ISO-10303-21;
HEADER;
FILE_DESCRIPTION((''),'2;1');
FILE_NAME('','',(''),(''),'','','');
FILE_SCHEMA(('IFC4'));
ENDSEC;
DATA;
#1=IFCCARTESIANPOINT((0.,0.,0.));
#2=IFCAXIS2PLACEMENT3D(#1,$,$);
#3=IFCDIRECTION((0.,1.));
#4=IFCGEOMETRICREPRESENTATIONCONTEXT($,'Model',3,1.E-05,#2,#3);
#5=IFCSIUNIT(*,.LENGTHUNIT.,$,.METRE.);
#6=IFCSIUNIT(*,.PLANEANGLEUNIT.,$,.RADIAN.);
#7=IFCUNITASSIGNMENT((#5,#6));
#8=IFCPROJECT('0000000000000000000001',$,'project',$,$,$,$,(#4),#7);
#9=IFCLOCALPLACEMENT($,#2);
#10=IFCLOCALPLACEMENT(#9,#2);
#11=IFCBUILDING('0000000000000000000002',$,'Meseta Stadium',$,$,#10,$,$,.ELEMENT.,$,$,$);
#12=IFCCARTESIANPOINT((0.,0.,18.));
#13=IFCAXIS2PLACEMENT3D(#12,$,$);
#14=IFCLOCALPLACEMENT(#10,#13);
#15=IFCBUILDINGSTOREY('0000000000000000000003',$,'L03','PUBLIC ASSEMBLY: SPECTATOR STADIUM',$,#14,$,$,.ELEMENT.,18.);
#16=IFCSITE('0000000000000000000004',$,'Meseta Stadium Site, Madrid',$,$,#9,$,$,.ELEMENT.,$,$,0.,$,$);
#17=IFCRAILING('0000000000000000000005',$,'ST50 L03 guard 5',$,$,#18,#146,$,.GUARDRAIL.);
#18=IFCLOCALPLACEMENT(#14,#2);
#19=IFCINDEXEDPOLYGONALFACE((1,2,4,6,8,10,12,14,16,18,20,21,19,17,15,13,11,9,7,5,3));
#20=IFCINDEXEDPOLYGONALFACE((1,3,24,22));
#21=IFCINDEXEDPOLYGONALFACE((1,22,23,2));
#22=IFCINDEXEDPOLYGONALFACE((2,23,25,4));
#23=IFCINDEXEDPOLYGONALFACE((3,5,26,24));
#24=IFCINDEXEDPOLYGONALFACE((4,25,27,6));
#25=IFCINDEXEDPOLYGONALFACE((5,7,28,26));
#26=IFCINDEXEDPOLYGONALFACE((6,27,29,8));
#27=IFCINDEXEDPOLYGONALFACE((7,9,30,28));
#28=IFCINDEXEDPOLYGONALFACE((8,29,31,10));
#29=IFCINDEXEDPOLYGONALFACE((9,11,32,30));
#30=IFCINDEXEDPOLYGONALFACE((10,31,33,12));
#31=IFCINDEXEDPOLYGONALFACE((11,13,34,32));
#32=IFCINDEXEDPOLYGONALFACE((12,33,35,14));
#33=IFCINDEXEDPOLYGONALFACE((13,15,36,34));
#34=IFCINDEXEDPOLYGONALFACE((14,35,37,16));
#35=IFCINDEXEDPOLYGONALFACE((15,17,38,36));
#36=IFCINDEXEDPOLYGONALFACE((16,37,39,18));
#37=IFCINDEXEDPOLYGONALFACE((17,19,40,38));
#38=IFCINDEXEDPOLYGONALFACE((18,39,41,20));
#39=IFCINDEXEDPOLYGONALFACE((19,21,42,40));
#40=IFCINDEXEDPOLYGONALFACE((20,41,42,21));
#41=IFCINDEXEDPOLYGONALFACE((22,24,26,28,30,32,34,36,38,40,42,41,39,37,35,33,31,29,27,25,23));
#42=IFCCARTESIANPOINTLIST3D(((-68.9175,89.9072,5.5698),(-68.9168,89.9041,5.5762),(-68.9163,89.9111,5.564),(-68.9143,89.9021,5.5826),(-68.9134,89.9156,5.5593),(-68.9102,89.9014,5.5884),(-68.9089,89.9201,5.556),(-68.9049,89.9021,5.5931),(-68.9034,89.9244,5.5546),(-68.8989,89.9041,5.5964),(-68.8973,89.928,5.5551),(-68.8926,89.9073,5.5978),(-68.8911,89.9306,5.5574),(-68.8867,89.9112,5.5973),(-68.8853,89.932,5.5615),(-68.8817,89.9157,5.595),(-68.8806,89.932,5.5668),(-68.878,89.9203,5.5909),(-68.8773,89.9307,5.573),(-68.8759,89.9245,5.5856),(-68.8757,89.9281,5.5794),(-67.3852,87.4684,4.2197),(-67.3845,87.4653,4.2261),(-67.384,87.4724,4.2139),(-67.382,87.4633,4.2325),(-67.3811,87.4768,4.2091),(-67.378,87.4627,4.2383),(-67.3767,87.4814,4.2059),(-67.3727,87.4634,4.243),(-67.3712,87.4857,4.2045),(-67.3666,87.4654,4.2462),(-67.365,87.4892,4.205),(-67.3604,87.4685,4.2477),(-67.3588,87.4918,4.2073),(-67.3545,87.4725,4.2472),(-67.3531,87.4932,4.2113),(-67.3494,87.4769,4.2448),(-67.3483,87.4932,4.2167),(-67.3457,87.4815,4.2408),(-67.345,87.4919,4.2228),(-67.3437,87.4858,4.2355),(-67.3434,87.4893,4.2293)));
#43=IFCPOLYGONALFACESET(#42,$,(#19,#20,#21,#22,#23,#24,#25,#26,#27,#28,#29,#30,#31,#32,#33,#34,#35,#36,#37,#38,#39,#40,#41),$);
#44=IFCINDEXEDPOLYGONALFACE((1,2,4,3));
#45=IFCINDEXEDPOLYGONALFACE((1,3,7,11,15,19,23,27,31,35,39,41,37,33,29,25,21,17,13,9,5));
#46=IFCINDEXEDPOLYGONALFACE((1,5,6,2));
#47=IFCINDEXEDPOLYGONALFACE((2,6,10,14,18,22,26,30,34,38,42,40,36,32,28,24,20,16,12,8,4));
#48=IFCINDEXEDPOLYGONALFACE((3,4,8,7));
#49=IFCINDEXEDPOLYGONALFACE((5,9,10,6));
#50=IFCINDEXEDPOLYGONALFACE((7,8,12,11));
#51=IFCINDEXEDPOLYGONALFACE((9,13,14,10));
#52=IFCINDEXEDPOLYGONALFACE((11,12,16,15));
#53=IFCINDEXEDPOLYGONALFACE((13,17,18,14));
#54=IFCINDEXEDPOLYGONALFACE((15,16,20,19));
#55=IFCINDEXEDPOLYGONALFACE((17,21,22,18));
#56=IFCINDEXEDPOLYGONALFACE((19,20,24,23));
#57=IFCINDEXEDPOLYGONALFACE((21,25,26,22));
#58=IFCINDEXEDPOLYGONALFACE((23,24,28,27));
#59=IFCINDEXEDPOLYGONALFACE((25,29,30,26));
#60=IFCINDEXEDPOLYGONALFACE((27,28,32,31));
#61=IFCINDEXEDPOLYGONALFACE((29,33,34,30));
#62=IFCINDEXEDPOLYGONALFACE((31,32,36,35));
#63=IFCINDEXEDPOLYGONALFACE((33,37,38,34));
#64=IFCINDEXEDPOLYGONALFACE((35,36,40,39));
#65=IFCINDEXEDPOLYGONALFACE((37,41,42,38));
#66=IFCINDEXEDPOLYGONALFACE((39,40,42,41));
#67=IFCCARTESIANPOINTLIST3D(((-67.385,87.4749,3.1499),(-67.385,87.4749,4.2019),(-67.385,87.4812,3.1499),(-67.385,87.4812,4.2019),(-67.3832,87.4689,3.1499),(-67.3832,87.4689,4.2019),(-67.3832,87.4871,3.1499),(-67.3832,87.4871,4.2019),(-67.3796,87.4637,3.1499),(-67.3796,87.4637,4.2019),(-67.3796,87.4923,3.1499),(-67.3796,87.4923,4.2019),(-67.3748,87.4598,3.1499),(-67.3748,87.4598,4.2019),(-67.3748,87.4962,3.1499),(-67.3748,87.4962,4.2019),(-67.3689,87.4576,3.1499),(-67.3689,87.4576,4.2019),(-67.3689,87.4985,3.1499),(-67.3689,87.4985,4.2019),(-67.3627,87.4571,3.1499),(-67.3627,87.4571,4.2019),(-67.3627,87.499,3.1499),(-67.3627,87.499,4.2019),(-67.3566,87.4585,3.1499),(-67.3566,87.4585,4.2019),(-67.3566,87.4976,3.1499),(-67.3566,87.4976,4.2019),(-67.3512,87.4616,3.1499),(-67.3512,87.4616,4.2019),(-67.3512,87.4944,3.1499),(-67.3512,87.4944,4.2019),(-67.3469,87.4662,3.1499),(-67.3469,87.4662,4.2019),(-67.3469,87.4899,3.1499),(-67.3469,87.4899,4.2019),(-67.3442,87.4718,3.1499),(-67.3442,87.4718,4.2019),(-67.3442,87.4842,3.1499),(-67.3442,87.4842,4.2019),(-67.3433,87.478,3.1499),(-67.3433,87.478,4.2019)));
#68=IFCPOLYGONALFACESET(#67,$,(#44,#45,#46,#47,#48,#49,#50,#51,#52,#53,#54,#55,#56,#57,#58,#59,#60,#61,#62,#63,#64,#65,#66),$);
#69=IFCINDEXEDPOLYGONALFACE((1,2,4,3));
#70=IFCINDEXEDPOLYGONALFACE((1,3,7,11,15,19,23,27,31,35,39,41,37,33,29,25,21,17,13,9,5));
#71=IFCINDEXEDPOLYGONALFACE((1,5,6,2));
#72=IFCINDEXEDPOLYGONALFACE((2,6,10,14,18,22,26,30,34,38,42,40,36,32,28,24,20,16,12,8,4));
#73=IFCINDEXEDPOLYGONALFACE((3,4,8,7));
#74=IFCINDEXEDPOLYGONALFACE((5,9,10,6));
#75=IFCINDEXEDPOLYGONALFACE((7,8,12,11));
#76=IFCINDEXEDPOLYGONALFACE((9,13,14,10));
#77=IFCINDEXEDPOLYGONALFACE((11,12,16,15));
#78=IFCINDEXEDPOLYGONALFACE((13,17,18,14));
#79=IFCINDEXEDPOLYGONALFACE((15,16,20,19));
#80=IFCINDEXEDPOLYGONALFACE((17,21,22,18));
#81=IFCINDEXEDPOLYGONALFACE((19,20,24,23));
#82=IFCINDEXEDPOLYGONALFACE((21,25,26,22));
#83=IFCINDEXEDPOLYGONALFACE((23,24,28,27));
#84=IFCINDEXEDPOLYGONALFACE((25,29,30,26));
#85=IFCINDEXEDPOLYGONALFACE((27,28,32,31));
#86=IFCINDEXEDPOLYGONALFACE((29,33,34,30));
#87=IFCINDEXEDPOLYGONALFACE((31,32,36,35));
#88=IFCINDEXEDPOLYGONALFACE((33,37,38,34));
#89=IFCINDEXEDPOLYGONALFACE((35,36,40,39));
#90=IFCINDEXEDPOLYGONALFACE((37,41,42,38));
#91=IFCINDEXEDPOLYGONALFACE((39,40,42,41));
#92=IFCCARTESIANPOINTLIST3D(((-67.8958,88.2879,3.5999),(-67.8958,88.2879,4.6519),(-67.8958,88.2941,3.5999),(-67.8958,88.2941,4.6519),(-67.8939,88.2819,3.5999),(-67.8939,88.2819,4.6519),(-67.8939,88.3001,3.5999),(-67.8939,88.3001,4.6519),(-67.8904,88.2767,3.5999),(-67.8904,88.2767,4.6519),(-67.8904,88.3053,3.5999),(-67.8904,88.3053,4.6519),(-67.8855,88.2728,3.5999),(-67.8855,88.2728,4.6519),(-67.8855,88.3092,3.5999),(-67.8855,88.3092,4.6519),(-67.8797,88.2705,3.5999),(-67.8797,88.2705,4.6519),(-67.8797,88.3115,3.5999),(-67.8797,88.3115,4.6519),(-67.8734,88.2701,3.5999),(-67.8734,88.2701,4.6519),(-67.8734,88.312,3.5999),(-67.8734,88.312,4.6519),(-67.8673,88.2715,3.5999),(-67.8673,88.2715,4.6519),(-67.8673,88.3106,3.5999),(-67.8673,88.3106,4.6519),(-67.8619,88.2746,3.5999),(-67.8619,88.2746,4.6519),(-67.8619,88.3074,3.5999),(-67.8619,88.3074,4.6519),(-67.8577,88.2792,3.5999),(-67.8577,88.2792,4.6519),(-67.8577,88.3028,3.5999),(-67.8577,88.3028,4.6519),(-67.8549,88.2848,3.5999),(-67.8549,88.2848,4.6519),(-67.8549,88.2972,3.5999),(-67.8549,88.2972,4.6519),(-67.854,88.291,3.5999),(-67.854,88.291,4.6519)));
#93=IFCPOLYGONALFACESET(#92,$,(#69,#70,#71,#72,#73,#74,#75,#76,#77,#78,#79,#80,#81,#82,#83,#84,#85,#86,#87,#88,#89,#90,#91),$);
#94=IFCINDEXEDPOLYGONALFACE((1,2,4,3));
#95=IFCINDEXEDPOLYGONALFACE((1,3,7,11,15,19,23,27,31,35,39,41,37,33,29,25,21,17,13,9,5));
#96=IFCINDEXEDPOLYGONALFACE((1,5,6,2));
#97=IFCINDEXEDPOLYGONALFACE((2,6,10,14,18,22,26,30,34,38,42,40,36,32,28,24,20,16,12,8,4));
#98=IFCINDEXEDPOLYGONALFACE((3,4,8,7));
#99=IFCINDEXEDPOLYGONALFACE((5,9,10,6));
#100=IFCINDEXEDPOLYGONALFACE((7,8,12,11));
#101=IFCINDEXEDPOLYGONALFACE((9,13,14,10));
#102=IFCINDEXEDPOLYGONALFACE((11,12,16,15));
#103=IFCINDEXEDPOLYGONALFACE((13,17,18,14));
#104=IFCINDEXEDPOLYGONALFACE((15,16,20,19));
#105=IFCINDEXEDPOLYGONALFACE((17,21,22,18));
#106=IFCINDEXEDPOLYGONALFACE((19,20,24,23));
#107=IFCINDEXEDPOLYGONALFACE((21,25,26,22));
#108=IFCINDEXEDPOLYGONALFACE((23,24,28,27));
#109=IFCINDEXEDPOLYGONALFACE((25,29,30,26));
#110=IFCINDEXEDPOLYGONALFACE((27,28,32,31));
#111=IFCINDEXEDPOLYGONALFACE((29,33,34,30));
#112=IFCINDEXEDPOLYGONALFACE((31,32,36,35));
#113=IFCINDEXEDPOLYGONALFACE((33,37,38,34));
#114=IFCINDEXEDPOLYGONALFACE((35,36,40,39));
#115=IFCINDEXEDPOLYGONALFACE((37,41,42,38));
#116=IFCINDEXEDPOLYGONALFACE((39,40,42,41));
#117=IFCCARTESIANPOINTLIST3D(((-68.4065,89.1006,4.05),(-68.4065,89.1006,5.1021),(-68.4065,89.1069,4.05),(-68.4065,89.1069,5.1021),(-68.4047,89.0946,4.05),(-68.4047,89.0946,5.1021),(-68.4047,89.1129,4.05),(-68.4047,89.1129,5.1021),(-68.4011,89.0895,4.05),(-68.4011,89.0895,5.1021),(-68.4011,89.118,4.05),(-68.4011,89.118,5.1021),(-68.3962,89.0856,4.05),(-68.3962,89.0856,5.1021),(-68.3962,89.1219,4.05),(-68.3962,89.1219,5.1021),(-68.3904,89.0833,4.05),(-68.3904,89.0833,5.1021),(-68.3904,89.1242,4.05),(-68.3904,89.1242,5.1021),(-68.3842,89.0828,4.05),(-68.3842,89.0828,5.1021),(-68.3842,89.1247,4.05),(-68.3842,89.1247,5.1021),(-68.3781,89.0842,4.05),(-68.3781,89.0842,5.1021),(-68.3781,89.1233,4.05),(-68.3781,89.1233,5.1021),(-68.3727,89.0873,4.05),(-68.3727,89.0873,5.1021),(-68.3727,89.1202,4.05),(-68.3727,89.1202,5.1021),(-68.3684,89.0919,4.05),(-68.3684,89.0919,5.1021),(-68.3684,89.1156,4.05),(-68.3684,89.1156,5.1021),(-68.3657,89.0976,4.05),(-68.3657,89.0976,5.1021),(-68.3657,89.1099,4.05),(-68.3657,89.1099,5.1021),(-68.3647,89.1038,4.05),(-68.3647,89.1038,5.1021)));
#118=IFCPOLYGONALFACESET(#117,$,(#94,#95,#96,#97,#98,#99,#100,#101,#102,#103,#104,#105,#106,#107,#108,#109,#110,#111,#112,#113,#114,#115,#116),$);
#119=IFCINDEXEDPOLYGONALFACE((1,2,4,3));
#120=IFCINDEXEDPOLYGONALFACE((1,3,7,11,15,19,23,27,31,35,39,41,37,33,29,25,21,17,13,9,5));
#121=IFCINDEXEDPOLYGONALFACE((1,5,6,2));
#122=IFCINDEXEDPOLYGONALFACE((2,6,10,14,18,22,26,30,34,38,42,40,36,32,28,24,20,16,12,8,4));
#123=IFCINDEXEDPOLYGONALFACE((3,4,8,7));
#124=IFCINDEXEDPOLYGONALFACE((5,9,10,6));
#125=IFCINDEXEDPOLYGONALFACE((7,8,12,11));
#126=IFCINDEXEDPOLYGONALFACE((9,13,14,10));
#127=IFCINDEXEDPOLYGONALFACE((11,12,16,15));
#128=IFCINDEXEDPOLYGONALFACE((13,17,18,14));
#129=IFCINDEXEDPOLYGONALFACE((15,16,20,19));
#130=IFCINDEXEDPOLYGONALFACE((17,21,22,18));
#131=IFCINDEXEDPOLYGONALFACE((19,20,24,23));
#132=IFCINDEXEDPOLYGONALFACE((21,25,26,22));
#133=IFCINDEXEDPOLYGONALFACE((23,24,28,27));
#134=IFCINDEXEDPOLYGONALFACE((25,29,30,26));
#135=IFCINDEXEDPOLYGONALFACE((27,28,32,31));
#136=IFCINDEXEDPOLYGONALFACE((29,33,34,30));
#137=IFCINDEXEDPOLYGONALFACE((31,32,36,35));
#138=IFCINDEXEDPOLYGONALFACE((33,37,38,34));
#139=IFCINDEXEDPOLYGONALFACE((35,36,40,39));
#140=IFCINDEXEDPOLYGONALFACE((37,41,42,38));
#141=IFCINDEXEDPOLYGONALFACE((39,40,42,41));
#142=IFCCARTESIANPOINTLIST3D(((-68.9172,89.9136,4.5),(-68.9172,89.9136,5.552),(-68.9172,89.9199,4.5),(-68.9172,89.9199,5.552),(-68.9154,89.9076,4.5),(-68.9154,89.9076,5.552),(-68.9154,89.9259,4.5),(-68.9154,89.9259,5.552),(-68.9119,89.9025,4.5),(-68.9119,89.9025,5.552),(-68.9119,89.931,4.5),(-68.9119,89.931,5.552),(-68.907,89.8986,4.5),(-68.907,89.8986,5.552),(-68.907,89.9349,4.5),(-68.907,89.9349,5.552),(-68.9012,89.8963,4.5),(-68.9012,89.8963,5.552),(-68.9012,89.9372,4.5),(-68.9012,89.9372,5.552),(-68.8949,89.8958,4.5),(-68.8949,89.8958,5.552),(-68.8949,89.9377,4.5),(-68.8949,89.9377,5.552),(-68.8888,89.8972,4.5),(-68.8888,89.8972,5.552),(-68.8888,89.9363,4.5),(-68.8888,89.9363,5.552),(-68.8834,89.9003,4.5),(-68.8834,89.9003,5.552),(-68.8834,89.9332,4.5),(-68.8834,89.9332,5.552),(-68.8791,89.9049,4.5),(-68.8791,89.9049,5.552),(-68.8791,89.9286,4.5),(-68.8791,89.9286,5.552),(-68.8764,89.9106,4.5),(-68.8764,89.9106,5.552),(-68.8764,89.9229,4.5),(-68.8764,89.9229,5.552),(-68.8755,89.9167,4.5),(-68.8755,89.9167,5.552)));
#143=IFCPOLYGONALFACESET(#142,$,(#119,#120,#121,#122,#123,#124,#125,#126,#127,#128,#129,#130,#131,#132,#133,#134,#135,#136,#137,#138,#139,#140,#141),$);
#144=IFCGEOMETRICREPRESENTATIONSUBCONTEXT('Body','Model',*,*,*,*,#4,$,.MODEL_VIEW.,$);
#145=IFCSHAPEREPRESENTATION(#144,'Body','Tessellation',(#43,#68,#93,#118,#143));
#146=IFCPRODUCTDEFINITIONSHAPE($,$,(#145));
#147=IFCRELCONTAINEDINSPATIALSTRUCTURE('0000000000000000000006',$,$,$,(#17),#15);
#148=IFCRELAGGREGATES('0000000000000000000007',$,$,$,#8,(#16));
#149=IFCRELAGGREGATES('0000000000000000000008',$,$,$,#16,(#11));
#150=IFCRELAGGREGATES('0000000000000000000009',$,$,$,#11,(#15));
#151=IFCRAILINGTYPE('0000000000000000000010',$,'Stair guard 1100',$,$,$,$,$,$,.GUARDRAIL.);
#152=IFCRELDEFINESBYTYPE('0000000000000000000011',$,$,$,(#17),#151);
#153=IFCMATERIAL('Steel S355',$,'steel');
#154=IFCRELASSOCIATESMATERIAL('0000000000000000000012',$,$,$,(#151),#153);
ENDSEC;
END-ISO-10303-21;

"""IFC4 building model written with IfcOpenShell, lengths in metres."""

from ifc_helpers import new_model, si_unit, direction, frame, origin, origin_2d, place, context, subcontext, project, spatial, circle, extrude, material, type_object, element, save


model = new_model("IFC4")

# Units and contexts
model_context = context("Model", 3, precision=1e-05, world=origin(), true_north=direction((0.0, 1.0)))
body_context = subcontext(model_context, "Body", "Model", "MODEL_VIEW")
ifc_project = project(units=[si_unit("LENGTHUNIT", "METRE"), si_unit("PLANEANGLEUNIT", "RADIAN")], contexts=[model_context])

# Site, building, storey
site_placement = place(None, origin())
site = spatial("IfcSite", under=ifc_project, at=site_placement, Name="Meseta Stadium Site, Madrid", CompositionType="ELEMENT", RefElevation=0.0)
building_placement = place(site_placement, origin())
building = spatial("IfcBuilding", under=site, at=building_placement, Name="Meseta Stadium", CompositionType="ELEMENT")
storey_placement = place(building_placement, frame((0.0, 0.0, 18.0)))
storey = spatial("IfcBuildingStorey", under=building, at=storey_placement, Name="L03", Description="PUBLIC ASSEMBLY: SPECTATOR STADIUM", CompositionType="ELEMENT", Elevation=18.0)

# Railing
ifc_material_1 = material(Name="Steel S355", Category="steel")
railing_type_1 = type_object("IfcRailingType", Name="Stair guard 1100", PredefinedType="GUARDRAIL", material=ifc_material_1)
railing_1_placement = place(storey_placement, frame((-67.3643, 87.478, 3.1499)))
element("IfcRailing", 1, at=railing_1_placement, inside=storey, type_object=railing_type_1, Name="ST50 L03 guard 5", PredefinedType="GUARDRAIL", context=body_context, shape_type="SweptSolid", body=[
    extrude(circle(Radius=0.0239, at=origin_2d()), frame((0.0, 0.0, 1.0762), z_axis=(-0.481703, 0.766687, 0.424445), x_axis=(-0.846743, -0.532001, 0.0)), (0.0, 0.0, 1.0), 3.1809),
    extrude(circle(Radius=0.021, at=origin_2d()), origin(), (0.0, 0.0, 1.0), 1.052),
    extrude(circle(Radius=0.021, at=origin_2d()), frame((-0.5107, 0.813, 0.45)), (0.0, 0.0, 1.0), 1.052),
    extrude(circle(Radius=0.021, at=origin_2d()), frame((-1.0215, 1.6257, 0.9001)), (0.0, 0.0, 1.0), 1.052),
    extrude(circle(Radius=0.021, at=origin_2d()), frame((-1.5322, 2.4387, 1.3501)), (0.0, 0.0, 1.0), 1.052),
])

save(model, "model.ifc")
